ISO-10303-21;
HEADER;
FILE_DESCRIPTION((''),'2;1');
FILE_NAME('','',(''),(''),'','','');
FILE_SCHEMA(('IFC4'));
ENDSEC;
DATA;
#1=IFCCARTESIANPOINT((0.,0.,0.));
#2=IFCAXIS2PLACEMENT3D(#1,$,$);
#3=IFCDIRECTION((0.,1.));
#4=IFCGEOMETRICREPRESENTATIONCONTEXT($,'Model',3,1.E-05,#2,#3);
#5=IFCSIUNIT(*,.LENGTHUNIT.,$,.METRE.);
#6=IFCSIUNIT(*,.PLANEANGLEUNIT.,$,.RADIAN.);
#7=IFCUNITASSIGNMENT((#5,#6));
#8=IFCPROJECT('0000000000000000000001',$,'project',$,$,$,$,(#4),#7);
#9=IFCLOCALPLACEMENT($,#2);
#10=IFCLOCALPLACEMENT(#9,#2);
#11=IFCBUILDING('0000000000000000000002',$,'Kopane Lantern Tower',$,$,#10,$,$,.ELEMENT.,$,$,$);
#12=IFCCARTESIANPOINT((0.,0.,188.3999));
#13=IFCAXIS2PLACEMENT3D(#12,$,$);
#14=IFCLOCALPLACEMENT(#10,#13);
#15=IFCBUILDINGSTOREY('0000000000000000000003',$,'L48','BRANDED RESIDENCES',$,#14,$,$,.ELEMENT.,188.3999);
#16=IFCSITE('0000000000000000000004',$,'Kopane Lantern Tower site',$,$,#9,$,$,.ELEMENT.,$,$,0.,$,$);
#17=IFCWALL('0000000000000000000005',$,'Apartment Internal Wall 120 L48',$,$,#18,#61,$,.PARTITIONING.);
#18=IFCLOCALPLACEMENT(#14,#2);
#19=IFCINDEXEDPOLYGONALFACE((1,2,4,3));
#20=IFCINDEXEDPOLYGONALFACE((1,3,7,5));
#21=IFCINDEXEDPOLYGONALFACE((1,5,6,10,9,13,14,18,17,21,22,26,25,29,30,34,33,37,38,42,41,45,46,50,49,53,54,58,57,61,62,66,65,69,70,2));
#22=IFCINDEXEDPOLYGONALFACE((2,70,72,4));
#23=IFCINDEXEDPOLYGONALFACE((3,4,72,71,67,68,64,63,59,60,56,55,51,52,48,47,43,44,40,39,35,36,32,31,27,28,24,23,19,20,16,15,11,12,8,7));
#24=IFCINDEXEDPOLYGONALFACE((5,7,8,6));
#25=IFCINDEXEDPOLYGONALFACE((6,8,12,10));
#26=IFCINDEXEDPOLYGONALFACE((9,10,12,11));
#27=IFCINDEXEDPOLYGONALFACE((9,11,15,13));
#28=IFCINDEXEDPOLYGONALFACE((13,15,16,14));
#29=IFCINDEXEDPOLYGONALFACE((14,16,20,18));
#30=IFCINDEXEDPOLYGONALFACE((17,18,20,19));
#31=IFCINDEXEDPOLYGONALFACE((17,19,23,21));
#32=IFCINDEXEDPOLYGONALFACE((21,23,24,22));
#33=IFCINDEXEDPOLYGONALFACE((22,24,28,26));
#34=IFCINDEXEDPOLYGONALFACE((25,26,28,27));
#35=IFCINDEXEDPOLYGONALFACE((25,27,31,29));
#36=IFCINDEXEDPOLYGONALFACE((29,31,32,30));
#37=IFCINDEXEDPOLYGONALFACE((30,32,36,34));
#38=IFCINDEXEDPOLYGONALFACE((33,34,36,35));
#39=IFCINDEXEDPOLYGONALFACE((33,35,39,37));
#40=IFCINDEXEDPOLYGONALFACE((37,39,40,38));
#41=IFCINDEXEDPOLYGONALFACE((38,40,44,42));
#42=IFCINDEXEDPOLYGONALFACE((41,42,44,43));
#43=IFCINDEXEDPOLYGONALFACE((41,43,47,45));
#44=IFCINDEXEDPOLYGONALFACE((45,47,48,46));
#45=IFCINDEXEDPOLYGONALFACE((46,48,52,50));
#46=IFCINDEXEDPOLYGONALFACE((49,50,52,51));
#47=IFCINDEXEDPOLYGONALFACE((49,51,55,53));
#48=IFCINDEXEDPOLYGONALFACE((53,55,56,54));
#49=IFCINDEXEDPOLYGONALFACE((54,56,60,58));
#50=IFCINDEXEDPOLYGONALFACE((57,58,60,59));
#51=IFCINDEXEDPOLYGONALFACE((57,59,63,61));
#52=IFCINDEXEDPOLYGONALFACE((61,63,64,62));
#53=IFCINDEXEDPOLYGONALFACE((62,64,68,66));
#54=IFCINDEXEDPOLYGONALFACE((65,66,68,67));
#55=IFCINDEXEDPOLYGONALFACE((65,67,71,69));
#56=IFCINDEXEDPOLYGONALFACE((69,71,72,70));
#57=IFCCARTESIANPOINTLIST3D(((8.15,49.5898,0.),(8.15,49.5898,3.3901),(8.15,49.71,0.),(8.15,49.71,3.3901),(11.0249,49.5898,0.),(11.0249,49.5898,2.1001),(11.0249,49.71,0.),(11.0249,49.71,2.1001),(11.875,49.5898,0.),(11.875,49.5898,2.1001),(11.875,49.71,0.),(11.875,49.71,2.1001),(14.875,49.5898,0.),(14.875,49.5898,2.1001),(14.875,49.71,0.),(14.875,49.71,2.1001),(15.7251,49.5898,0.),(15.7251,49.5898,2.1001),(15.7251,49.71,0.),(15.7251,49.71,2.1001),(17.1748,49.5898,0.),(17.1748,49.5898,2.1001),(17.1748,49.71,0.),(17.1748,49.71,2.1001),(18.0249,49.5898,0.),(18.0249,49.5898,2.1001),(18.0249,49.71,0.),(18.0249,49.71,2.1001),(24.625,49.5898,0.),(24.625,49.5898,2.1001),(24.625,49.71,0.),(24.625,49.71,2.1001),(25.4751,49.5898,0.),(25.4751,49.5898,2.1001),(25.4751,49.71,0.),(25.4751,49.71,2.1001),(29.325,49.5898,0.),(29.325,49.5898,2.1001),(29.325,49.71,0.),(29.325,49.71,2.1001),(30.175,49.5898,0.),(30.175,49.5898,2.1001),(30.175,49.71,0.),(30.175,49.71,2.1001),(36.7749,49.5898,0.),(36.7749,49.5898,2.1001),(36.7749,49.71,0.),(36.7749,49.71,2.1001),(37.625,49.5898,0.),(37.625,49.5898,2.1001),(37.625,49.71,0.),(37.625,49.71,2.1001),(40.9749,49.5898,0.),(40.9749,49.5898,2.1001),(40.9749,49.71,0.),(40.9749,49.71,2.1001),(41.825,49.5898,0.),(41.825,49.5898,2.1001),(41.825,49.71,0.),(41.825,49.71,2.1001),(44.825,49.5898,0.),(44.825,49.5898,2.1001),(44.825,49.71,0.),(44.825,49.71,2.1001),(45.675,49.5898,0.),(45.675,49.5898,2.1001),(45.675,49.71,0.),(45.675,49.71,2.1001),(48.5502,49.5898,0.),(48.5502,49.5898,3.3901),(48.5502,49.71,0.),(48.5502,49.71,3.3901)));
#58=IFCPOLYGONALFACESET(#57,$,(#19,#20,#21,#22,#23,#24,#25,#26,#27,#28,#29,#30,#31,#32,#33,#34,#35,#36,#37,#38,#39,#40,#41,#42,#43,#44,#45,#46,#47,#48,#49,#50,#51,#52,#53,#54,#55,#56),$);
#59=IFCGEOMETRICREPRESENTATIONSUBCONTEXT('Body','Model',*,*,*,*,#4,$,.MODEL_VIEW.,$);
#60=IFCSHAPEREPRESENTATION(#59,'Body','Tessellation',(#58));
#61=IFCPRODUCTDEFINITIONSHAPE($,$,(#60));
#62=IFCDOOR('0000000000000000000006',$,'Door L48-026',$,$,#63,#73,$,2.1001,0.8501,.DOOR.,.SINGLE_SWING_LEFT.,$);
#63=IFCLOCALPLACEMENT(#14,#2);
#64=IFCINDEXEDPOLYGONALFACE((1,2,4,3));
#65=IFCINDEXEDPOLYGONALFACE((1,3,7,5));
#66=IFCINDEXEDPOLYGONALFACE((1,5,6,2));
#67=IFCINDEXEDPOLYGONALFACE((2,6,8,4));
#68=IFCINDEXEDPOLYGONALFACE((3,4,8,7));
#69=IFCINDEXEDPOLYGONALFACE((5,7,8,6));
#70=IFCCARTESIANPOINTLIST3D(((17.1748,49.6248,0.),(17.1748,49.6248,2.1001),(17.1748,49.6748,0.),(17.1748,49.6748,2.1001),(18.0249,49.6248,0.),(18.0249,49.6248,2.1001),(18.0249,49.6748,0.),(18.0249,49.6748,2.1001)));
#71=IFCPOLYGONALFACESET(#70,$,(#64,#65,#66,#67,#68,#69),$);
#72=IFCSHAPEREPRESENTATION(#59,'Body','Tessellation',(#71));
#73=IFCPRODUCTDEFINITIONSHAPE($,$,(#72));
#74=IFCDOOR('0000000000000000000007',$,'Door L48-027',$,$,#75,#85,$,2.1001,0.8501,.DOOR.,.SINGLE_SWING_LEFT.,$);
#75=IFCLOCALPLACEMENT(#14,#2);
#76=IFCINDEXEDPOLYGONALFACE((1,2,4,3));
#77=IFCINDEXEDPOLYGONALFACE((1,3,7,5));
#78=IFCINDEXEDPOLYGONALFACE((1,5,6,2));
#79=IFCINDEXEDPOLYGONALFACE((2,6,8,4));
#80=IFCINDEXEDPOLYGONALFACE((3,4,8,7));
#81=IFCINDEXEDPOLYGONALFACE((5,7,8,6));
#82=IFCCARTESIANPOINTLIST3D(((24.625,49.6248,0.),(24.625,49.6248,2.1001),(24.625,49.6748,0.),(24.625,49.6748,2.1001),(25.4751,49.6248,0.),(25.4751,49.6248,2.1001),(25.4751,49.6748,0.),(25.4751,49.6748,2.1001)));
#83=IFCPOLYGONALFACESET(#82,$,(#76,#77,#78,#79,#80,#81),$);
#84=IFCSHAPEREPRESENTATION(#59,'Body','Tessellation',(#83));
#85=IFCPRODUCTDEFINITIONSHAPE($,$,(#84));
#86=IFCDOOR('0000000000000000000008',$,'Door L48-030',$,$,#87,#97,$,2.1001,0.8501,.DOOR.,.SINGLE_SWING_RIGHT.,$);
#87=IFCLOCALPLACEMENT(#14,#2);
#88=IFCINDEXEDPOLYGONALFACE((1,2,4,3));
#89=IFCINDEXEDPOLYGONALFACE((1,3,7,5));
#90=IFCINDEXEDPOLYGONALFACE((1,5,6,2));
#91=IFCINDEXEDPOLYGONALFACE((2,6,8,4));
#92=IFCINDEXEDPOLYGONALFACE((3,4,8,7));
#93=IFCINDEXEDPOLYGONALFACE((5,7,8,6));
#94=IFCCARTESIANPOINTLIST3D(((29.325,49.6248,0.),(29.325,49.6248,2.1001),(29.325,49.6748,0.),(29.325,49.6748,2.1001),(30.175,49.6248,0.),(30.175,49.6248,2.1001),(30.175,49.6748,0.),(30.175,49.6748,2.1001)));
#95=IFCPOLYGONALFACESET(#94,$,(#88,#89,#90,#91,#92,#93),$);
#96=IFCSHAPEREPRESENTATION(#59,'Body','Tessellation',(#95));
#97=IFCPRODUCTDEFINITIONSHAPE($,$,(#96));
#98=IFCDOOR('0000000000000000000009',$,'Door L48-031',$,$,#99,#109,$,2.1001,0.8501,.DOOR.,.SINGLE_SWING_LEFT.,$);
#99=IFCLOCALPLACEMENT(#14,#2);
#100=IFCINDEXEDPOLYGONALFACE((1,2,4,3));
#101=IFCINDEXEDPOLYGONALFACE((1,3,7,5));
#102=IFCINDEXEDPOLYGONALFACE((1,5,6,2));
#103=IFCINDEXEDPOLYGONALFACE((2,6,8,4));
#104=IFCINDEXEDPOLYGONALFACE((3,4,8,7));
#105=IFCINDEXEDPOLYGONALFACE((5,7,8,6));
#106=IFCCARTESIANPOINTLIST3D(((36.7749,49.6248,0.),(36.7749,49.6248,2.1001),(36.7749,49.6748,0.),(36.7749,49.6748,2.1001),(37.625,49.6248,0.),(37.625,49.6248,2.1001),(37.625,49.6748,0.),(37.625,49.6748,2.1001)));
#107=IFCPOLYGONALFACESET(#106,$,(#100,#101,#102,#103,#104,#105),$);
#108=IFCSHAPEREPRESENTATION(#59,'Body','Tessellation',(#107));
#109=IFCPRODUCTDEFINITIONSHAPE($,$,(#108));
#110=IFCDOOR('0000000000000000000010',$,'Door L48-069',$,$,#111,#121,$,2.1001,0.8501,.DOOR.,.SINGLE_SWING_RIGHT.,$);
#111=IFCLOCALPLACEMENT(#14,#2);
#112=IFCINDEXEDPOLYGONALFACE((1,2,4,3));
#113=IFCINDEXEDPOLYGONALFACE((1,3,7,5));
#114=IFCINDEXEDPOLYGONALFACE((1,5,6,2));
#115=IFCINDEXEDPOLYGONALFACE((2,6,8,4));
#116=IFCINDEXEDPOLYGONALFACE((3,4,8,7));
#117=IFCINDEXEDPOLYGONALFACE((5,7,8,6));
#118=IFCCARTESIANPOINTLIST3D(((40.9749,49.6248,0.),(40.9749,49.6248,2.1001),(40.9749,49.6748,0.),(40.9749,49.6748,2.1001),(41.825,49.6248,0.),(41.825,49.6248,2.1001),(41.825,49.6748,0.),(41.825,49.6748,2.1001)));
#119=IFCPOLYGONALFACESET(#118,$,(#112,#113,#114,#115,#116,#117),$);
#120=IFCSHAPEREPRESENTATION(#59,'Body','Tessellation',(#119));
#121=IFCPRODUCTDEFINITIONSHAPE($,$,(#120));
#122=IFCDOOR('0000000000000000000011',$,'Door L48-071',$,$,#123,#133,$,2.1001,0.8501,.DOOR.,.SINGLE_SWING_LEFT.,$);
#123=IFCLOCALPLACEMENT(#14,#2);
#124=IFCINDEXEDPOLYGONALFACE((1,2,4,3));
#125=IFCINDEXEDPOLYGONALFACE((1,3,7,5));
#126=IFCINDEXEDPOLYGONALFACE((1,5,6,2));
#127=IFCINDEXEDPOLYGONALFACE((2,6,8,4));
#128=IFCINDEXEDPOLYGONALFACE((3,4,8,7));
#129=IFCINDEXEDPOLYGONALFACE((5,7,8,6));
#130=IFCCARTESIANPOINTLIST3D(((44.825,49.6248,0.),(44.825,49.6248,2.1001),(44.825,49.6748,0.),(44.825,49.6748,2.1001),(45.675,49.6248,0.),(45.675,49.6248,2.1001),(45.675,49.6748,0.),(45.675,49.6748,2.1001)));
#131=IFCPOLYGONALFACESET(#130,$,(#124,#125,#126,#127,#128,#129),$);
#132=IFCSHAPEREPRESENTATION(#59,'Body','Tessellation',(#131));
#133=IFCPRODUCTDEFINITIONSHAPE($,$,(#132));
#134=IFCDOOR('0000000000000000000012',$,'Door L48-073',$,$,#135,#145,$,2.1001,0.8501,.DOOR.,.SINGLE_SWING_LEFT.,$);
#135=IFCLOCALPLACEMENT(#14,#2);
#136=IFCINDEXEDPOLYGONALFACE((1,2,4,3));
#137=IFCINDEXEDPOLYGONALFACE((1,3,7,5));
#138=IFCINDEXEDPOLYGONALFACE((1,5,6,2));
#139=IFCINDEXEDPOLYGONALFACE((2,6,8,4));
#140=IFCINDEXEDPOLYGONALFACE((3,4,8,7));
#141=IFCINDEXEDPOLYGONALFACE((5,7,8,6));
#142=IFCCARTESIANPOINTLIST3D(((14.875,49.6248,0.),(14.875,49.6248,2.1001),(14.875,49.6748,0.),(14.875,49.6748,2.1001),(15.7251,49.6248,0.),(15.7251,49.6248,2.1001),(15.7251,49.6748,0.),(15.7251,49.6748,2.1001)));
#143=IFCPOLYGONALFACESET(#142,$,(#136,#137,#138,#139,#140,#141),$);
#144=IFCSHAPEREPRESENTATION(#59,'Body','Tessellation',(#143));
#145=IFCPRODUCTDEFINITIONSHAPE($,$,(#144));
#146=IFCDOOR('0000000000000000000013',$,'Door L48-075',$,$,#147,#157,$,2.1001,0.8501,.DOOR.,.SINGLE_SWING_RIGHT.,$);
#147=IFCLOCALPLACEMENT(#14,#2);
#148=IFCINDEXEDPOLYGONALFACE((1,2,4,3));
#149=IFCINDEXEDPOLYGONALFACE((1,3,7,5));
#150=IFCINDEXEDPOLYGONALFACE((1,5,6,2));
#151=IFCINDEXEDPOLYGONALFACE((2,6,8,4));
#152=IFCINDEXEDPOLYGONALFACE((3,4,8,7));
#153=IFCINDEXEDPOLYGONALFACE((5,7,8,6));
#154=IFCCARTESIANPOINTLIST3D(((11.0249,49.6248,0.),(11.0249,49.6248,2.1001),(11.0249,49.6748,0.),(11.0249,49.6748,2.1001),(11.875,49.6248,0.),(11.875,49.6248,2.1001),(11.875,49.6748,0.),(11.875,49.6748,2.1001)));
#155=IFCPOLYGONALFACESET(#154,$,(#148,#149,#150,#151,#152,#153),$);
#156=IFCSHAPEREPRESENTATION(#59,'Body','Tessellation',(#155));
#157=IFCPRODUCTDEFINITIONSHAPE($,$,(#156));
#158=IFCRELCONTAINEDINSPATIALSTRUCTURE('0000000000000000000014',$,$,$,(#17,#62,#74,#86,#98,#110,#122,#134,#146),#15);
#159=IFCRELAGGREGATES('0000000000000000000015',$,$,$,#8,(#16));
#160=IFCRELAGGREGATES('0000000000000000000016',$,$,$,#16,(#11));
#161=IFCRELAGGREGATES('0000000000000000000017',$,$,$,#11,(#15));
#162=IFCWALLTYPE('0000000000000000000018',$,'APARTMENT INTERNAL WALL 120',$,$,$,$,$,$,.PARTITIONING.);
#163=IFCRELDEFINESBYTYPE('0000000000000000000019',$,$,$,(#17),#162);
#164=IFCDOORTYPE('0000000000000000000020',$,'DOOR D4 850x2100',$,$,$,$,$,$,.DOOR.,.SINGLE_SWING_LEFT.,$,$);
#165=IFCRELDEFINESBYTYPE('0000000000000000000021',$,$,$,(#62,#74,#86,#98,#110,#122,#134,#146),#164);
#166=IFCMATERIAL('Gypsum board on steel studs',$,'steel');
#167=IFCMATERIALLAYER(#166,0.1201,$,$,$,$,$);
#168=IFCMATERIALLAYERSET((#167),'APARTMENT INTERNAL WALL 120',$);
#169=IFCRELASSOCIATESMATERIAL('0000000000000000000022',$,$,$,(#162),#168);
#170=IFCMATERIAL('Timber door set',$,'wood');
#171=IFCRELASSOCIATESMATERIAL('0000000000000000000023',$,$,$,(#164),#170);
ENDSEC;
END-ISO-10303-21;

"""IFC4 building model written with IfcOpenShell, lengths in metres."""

from ifc_helpers import new_model, si_unit, direction, frame, frame_2d, origin, place, context, subcontext, project, spatial, rectangle, extrude, material, layer, layer_set, type_object, element, fill, save


model = new_model("IFC4")

# Units and contexts
model_context = context("Model", 3, precision=1e-05, world=origin(), true_north=direction((0.0, 1.0)))
body_context = subcontext(model_context, "Body", "Model", "MODEL_VIEW")
ifc_project = project(units=[si_unit("LENGTHUNIT", "METRE"), si_unit("PLANEANGLEUNIT", "RADIAN")], contexts=[model_context])

# Site, building, storey
site_placement = place(None, origin())
site = spatial("IfcSite", under=ifc_project, at=site_placement, Name="Kopane Lantern Tower site", CompositionType="ELEMENT", RefElevation=0.0)
building_placement = place(site_placement, origin())
building = spatial("IfcBuilding", under=site, at=building_placement, Name="Kopane Lantern Tower", CompositionType="ELEMENT")
storey_placement = place(building_placement, frame((0.0, 0.0, 188.3999)))
storey = spatial("IfcBuildingStorey", under=building, at=storey_placement, Name="L48", Description="BRANDED RESIDENCES", CompositionType="ELEMENT", Elevation=188.3999)

# Wall, openings, doors
ifc_material_1 = material(Name="Gypsum board on steel studs", Category="steel")
ifc_layer_1 = layer(ifc_material_1, 0.1201)
ifc_layer_set_1 = layer_set([ifc_layer_1], Name="APARTMENT INTERNAL WALL 120")
wall_type_1 = type_object("IfcWallType", Name="APARTMENT INTERNAL WALL 120", PredefinedType="PARTITIONING", material=ifc_layer_set_1)
wall_1_placement = place(storey_placement, frame((8.1499, 49.6499, 0.0), z_axis=(0.0, 0.0, 1.0), x_axis=(1.0, 0.0, 0.0)))
wall_1 = element("IfcWall", 1, at=wall_1_placement, inside=storey, type_object=wall_type_1, Name="Apartment Internal Wall 120 L48", PredefinedType="PARTITIONING", context=body_context, shape_type="SweptSolid", body=[
    extrude(rectangle(XDim=40.4001, YDim=0.1201, at=frame_2d((20.2002, 0.0))), origin(), (0.0, 0.0, 1.0), 3.3901),
])
opening_1_placement = place(wall_1_placement, frame((9.0249, 0.0, 0.0)))
opening_1 = element("IfcOpeningElement", 2, at=opening_1_placement, cuts=wall_1, PredefinedType="OPENING", context=body_context, shape_type="SweptSolid", body=[
    extrude(rectangle(XDim=0.8501, YDim=2.1001, at=frame_2d((0.425, 1.05))), frame((0.0, 0.0701, 0.0), z_axis=(0.0, -1.0, 0.0), x_axis=(1.0, 0.0, 0.0)), (0.0, 0.0, 1.0), 0.1401),
])
opening_2_placement = place(wall_1_placement, frame((16.4751, 0.0, 0.0)))
opening_2 = element("IfcOpeningElement", 3, at=opening_2_placement, cuts=wall_1, PredefinedType="OPENING", context=body_context, shape_type="SweptSolid", body=[
    extrude(rectangle(XDim=0.8501, YDim=2.1001, at=frame_2d((0.425, 1.05))), frame((0.0, 0.0701, 0.0), z_axis=(0.0, -1.0, 0.0), x_axis=(1.0, 0.0, 0.0)), (0.0, 0.0, 1.0), 0.1401),
])
opening_3_placement = place(wall_1_placement, frame((21.175, 0.0, 0.0)))
opening_3 = element("IfcOpeningElement", 4, at=opening_3_placement, cuts=wall_1, PredefinedType="OPENING", context=body_context, shape_type="SweptSolid", body=[
    extrude(rectangle(XDim=0.8501, YDim=2.1001, at=frame_2d((0.425, 1.05))), frame((0.0, 0.0701, 0.0), z_axis=(0.0, -1.0, 0.0), x_axis=(1.0, 0.0, 0.0)), (0.0, 0.0, 1.0), 0.1401),
])
opening_4_placement = place(wall_1_placement, frame((28.625, 0.0, 0.0)))
opening_4 = element("IfcOpeningElement", 5, at=opening_4_placement, cuts=wall_1, PredefinedType="OPENING", context=body_context, shape_type="SweptSolid", body=[
    extrude(rectangle(XDim=0.8501, YDim=2.1001, at=frame_2d((0.425, 1.05))), frame((0.0, 0.0701, 0.0), z_axis=(0.0, -1.0, 0.0), x_axis=(1.0, 0.0, 0.0)), (0.0, 0.0, 1.0), 0.1401),
])
opening_5_placement = place(wall_1_placement, frame((32.825, 0.0, 0.0)))
opening_5 = element("IfcOpeningElement", 6, at=opening_5_placement, cuts=wall_1, PredefinedType="OPENING", context=body_context, shape_type="SweptSolid", body=[
    extrude(rectangle(XDim=0.8501, YDim=2.1001, at=frame_2d((0.425, 1.05))), frame((0.0, 0.0701, 0.0), z_axis=(0.0, -1.0, 0.0), x_axis=(1.0, 0.0, 0.0)), (0.0, 0.0, 1.0), 0.1401),
])
opening_6_placement = place(wall_1_placement, frame((36.675, 0.0, 0.0)))
opening_6 = element("IfcOpeningElement", 7, at=opening_6_placement, cuts=wall_1, PredefinedType="OPENING", context=body_context, shape_type="SweptSolid", body=[
    extrude(rectangle(XDim=0.8501, YDim=2.1001, at=frame_2d((0.425, 1.05))), frame((0.0, 0.0701, 0.0), z_axis=(0.0, -1.0, 0.0), x_axis=(1.0, 0.0, 0.0)), (0.0, 0.0, 1.0), 0.1401),
])
opening_7_placement = place(wall_1_placement, frame((6.7251, 0.0, 0.0)))
opening_7 = element("IfcOpeningElement", 8, at=opening_7_placement, cuts=wall_1, PredefinedType="OPENING", context=body_context, shape_type="SweptSolid", body=[
    extrude(rectangle(XDim=0.8501, YDim=2.1001, at=frame_2d((0.425, 1.05))), frame((0.0, 0.0701, 0.0), z_axis=(0.0, -1.0, 0.0), x_axis=(1.0, 0.0, 0.0)), (0.0, 0.0, 1.0), 0.1401),
])
opening_8_placement = place(wall_1_placement, frame((2.875, 0.0, 0.0)))
opening_8 = element("IfcOpeningElement", 9, at=opening_8_placement, cuts=wall_1, PredefinedType="OPENING", context=body_context, shape_type="SweptSolid", body=[
    extrude(rectangle(XDim=0.8501, YDim=2.1001, at=frame_2d((0.425, 1.05))), frame((0.0, 0.0701, 0.0), z_axis=(0.0, -1.0, 0.0), x_axis=(1.0, 0.0, 0.0)), (0.0, 0.0, 1.0), 0.1401),
])
ifc_material_2 = material(Name="Timber door set", Category="wood")
door_type_1 = type_object("IfcDoorType", Name="DOOR D4 850x2100", OperationType="SINGLE_SWING_LEFT", PredefinedType="DOOR", material=ifc_material_2)
door_1_placement = place(opening_1_placement, origin())
door_1 = element("IfcDoor", 10, at=door_1_placement, inside=storey, type_object=door_type_1, Name="Door L48-026", OperationType="SINGLE_SWING_LEFT", OverallHeight=2.1001, OverallWidth=0.8501, PredefinedType="DOOR", context=body_context, shape_type="SweptSolid", body=[
    extrude(rectangle(XDim=0.8501, YDim=2.1001, at=frame_2d((0.425, 1.05))), frame((0.0, 0.0249, 0.0), z_axis=(0.0, -1.0, 0.0), x_axis=(1.0, 0.0, 0.0)), (0.0, 0.0, 1.0), 0.05),
])
fill(opening_1, door_1)
door_2_placement = place(opening_2_placement, origin())
door_2 = element("IfcDoor", 11, at=door_2_placement, inside=storey, type_object=door_type_1, Name="Door L48-027", OperationType="SINGLE_SWING_LEFT", OverallHeight=2.1001, OverallWidth=0.8501, PredefinedType="DOOR", context=body_context, shape_type="SweptSolid", body=[
    extrude(rectangle(XDim=0.8501, YDim=2.1001, at=frame_2d((0.425, 1.05))), frame((0.0, 0.0249, 0.0), z_axis=(0.0, -1.0, 0.0), x_axis=(1.0, 0.0, 0.0)), (0.0, 0.0, 1.0), 0.05),
])
fill(opening_2, door_2)
door_3_placement = place(opening_3_placement, origin())
door_3 = element("IfcDoor", 12, at=door_3_placement, inside=storey, type_object=door_type_1, Name="Door L48-030", OperationType="SINGLE_SWING_RIGHT", OverallHeight=2.1001, OverallWidth=0.8501, PredefinedType="DOOR", context=body_context, shape_type="SweptSolid", body=[
    extrude(rectangle(XDim=0.8501, YDim=2.1001, at=frame_2d((0.425, 1.05))), frame((0.0, 0.0249, 0.0), z_axis=(0.0, -1.0, 0.0), x_axis=(1.0, 0.0, 0.0)), (0.0, 0.0, 1.0), 0.05),
])
fill(opening_3, door_3)
door_4_placement = place(opening_4_placement, origin())
door_4 = element("IfcDoor", 13, at=door_4_placement, inside=storey, type_object=door_type_1, Name="Door L48-031", OperationType="SINGLE_SWING_LEFT", OverallHeight=2.1001, OverallWidth=0.8501, PredefinedType="DOOR", context=body_context, shape_type="SweptSolid", body=[
    extrude(rectangle(XDim=0.8501, YDim=2.1001, at=frame_2d((0.425, 1.05))), frame((0.0, 0.0249, 0.0), z_axis=(0.0, -1.0, 0.0), x_axis=(1.0, 0.0, 0.0)), (0.0, 0.0, 1.0), 0.05),
])
fill(opening_4, door_4)
door_5_placement = place(opening_5_placement, origin())
door_5 = element("IfcDoor", 14, at=door_5_placement, inside=storey, type_object=door_type_1, Name="Door L48-069", OperationType="SINGLE_SWING_RIGHT", OverallHeight=2.1001, OverallWidth=0.8501, PredefinedType="DOOR", context=body_context, shape_type="SweptSolid", body=[
    extrude(rectangle(XDim=0.8501, YDim=2.1001, at=frame_2d((0.425, 1.05))), frame((0.0, 0.0249, 0.0), z_axis=(0.0, -1.0, 0.0), x_axis=(1.0, 0.0, 0.0)), (0.0, 0.0, 1.0), 0.05),
])
fill(opening_5, door_5)
door_6_placement = place(opening_6_placement, origin())
door_6 = element("IfcDoor", 15, at=door_6_placement, inside=storey, type_object=door_type_1, Name="Door L48-071", OperationType="SINGLE_SWING_LEFT", OverallHeight=2.1001, OverallWidth=0.8501, PredefinedType="DOOR", context=body_context, shape_type="SweptSolid", body=[
    extrude(rectangle(XDim=0.8501, YDim=2.1001, at=frame_2d((0.425, 1.05))), frame((0.0, 0.0249, 0.0), z_axis=(0.0, -1.0, 0.0), x_axis=(1.0, 0.0, 0.0)), (0.0, 0.0, 1.0), 0.05),
])
fill(opening_6, door_6)
door_7_placement = place(opening_7_placement, origin())
door_7 = element("IfcDoor", 16, at=door_7_placement, inside=storey, type_object=door_type_1, Name="Door L48-073", OperationType="SINGLE_SWING_LEFT", OverallHeight=2.1001, OverallWidth=0.8501, PredefinedType="DOOR", context=body_context, shape_type="SweptSolid", body=[
    extrude(rectangle(XDim=0.8501, YDim=2.1001, at=frame_2d((0.425, 1.05))), frame((0.0, 0.0249, 0.0), z_axis=(0.0, -1.0, 0.0), x_axis=(1.0, 0.0, 0.0)), (0.0, 0.0, 1.0), 0.05),
])
fill(opening_7, door_7)
door_8_placement = place(opening_8_placement, origin())
door_8 = element("IfcDoor", 17, at=door_8_placement, inside=storey, type_object=door_type_1, Name="Door L48-075", OperationType="SINGLE_SWING_RIGHT", OverallHeight=2.1001, OverallWidth=0.8501, PredefinedType="DOOR", context=body_context, shape_type="SweptSolid", body=[
    extrude(rectangle(XDim=0.8501, YDim=2.1001, at=frame_2d((0.425, 1.05))), frame((0.0, 0.0249, 0.0), z_axis=(0.0, -1.0, 0.0), x_axis=(1.0, 0.0, 0.0)), (0.0, 0.0, 1.0), 0.05),
])
fill(opening_8, door_8)

save(model, "model.ifc")
